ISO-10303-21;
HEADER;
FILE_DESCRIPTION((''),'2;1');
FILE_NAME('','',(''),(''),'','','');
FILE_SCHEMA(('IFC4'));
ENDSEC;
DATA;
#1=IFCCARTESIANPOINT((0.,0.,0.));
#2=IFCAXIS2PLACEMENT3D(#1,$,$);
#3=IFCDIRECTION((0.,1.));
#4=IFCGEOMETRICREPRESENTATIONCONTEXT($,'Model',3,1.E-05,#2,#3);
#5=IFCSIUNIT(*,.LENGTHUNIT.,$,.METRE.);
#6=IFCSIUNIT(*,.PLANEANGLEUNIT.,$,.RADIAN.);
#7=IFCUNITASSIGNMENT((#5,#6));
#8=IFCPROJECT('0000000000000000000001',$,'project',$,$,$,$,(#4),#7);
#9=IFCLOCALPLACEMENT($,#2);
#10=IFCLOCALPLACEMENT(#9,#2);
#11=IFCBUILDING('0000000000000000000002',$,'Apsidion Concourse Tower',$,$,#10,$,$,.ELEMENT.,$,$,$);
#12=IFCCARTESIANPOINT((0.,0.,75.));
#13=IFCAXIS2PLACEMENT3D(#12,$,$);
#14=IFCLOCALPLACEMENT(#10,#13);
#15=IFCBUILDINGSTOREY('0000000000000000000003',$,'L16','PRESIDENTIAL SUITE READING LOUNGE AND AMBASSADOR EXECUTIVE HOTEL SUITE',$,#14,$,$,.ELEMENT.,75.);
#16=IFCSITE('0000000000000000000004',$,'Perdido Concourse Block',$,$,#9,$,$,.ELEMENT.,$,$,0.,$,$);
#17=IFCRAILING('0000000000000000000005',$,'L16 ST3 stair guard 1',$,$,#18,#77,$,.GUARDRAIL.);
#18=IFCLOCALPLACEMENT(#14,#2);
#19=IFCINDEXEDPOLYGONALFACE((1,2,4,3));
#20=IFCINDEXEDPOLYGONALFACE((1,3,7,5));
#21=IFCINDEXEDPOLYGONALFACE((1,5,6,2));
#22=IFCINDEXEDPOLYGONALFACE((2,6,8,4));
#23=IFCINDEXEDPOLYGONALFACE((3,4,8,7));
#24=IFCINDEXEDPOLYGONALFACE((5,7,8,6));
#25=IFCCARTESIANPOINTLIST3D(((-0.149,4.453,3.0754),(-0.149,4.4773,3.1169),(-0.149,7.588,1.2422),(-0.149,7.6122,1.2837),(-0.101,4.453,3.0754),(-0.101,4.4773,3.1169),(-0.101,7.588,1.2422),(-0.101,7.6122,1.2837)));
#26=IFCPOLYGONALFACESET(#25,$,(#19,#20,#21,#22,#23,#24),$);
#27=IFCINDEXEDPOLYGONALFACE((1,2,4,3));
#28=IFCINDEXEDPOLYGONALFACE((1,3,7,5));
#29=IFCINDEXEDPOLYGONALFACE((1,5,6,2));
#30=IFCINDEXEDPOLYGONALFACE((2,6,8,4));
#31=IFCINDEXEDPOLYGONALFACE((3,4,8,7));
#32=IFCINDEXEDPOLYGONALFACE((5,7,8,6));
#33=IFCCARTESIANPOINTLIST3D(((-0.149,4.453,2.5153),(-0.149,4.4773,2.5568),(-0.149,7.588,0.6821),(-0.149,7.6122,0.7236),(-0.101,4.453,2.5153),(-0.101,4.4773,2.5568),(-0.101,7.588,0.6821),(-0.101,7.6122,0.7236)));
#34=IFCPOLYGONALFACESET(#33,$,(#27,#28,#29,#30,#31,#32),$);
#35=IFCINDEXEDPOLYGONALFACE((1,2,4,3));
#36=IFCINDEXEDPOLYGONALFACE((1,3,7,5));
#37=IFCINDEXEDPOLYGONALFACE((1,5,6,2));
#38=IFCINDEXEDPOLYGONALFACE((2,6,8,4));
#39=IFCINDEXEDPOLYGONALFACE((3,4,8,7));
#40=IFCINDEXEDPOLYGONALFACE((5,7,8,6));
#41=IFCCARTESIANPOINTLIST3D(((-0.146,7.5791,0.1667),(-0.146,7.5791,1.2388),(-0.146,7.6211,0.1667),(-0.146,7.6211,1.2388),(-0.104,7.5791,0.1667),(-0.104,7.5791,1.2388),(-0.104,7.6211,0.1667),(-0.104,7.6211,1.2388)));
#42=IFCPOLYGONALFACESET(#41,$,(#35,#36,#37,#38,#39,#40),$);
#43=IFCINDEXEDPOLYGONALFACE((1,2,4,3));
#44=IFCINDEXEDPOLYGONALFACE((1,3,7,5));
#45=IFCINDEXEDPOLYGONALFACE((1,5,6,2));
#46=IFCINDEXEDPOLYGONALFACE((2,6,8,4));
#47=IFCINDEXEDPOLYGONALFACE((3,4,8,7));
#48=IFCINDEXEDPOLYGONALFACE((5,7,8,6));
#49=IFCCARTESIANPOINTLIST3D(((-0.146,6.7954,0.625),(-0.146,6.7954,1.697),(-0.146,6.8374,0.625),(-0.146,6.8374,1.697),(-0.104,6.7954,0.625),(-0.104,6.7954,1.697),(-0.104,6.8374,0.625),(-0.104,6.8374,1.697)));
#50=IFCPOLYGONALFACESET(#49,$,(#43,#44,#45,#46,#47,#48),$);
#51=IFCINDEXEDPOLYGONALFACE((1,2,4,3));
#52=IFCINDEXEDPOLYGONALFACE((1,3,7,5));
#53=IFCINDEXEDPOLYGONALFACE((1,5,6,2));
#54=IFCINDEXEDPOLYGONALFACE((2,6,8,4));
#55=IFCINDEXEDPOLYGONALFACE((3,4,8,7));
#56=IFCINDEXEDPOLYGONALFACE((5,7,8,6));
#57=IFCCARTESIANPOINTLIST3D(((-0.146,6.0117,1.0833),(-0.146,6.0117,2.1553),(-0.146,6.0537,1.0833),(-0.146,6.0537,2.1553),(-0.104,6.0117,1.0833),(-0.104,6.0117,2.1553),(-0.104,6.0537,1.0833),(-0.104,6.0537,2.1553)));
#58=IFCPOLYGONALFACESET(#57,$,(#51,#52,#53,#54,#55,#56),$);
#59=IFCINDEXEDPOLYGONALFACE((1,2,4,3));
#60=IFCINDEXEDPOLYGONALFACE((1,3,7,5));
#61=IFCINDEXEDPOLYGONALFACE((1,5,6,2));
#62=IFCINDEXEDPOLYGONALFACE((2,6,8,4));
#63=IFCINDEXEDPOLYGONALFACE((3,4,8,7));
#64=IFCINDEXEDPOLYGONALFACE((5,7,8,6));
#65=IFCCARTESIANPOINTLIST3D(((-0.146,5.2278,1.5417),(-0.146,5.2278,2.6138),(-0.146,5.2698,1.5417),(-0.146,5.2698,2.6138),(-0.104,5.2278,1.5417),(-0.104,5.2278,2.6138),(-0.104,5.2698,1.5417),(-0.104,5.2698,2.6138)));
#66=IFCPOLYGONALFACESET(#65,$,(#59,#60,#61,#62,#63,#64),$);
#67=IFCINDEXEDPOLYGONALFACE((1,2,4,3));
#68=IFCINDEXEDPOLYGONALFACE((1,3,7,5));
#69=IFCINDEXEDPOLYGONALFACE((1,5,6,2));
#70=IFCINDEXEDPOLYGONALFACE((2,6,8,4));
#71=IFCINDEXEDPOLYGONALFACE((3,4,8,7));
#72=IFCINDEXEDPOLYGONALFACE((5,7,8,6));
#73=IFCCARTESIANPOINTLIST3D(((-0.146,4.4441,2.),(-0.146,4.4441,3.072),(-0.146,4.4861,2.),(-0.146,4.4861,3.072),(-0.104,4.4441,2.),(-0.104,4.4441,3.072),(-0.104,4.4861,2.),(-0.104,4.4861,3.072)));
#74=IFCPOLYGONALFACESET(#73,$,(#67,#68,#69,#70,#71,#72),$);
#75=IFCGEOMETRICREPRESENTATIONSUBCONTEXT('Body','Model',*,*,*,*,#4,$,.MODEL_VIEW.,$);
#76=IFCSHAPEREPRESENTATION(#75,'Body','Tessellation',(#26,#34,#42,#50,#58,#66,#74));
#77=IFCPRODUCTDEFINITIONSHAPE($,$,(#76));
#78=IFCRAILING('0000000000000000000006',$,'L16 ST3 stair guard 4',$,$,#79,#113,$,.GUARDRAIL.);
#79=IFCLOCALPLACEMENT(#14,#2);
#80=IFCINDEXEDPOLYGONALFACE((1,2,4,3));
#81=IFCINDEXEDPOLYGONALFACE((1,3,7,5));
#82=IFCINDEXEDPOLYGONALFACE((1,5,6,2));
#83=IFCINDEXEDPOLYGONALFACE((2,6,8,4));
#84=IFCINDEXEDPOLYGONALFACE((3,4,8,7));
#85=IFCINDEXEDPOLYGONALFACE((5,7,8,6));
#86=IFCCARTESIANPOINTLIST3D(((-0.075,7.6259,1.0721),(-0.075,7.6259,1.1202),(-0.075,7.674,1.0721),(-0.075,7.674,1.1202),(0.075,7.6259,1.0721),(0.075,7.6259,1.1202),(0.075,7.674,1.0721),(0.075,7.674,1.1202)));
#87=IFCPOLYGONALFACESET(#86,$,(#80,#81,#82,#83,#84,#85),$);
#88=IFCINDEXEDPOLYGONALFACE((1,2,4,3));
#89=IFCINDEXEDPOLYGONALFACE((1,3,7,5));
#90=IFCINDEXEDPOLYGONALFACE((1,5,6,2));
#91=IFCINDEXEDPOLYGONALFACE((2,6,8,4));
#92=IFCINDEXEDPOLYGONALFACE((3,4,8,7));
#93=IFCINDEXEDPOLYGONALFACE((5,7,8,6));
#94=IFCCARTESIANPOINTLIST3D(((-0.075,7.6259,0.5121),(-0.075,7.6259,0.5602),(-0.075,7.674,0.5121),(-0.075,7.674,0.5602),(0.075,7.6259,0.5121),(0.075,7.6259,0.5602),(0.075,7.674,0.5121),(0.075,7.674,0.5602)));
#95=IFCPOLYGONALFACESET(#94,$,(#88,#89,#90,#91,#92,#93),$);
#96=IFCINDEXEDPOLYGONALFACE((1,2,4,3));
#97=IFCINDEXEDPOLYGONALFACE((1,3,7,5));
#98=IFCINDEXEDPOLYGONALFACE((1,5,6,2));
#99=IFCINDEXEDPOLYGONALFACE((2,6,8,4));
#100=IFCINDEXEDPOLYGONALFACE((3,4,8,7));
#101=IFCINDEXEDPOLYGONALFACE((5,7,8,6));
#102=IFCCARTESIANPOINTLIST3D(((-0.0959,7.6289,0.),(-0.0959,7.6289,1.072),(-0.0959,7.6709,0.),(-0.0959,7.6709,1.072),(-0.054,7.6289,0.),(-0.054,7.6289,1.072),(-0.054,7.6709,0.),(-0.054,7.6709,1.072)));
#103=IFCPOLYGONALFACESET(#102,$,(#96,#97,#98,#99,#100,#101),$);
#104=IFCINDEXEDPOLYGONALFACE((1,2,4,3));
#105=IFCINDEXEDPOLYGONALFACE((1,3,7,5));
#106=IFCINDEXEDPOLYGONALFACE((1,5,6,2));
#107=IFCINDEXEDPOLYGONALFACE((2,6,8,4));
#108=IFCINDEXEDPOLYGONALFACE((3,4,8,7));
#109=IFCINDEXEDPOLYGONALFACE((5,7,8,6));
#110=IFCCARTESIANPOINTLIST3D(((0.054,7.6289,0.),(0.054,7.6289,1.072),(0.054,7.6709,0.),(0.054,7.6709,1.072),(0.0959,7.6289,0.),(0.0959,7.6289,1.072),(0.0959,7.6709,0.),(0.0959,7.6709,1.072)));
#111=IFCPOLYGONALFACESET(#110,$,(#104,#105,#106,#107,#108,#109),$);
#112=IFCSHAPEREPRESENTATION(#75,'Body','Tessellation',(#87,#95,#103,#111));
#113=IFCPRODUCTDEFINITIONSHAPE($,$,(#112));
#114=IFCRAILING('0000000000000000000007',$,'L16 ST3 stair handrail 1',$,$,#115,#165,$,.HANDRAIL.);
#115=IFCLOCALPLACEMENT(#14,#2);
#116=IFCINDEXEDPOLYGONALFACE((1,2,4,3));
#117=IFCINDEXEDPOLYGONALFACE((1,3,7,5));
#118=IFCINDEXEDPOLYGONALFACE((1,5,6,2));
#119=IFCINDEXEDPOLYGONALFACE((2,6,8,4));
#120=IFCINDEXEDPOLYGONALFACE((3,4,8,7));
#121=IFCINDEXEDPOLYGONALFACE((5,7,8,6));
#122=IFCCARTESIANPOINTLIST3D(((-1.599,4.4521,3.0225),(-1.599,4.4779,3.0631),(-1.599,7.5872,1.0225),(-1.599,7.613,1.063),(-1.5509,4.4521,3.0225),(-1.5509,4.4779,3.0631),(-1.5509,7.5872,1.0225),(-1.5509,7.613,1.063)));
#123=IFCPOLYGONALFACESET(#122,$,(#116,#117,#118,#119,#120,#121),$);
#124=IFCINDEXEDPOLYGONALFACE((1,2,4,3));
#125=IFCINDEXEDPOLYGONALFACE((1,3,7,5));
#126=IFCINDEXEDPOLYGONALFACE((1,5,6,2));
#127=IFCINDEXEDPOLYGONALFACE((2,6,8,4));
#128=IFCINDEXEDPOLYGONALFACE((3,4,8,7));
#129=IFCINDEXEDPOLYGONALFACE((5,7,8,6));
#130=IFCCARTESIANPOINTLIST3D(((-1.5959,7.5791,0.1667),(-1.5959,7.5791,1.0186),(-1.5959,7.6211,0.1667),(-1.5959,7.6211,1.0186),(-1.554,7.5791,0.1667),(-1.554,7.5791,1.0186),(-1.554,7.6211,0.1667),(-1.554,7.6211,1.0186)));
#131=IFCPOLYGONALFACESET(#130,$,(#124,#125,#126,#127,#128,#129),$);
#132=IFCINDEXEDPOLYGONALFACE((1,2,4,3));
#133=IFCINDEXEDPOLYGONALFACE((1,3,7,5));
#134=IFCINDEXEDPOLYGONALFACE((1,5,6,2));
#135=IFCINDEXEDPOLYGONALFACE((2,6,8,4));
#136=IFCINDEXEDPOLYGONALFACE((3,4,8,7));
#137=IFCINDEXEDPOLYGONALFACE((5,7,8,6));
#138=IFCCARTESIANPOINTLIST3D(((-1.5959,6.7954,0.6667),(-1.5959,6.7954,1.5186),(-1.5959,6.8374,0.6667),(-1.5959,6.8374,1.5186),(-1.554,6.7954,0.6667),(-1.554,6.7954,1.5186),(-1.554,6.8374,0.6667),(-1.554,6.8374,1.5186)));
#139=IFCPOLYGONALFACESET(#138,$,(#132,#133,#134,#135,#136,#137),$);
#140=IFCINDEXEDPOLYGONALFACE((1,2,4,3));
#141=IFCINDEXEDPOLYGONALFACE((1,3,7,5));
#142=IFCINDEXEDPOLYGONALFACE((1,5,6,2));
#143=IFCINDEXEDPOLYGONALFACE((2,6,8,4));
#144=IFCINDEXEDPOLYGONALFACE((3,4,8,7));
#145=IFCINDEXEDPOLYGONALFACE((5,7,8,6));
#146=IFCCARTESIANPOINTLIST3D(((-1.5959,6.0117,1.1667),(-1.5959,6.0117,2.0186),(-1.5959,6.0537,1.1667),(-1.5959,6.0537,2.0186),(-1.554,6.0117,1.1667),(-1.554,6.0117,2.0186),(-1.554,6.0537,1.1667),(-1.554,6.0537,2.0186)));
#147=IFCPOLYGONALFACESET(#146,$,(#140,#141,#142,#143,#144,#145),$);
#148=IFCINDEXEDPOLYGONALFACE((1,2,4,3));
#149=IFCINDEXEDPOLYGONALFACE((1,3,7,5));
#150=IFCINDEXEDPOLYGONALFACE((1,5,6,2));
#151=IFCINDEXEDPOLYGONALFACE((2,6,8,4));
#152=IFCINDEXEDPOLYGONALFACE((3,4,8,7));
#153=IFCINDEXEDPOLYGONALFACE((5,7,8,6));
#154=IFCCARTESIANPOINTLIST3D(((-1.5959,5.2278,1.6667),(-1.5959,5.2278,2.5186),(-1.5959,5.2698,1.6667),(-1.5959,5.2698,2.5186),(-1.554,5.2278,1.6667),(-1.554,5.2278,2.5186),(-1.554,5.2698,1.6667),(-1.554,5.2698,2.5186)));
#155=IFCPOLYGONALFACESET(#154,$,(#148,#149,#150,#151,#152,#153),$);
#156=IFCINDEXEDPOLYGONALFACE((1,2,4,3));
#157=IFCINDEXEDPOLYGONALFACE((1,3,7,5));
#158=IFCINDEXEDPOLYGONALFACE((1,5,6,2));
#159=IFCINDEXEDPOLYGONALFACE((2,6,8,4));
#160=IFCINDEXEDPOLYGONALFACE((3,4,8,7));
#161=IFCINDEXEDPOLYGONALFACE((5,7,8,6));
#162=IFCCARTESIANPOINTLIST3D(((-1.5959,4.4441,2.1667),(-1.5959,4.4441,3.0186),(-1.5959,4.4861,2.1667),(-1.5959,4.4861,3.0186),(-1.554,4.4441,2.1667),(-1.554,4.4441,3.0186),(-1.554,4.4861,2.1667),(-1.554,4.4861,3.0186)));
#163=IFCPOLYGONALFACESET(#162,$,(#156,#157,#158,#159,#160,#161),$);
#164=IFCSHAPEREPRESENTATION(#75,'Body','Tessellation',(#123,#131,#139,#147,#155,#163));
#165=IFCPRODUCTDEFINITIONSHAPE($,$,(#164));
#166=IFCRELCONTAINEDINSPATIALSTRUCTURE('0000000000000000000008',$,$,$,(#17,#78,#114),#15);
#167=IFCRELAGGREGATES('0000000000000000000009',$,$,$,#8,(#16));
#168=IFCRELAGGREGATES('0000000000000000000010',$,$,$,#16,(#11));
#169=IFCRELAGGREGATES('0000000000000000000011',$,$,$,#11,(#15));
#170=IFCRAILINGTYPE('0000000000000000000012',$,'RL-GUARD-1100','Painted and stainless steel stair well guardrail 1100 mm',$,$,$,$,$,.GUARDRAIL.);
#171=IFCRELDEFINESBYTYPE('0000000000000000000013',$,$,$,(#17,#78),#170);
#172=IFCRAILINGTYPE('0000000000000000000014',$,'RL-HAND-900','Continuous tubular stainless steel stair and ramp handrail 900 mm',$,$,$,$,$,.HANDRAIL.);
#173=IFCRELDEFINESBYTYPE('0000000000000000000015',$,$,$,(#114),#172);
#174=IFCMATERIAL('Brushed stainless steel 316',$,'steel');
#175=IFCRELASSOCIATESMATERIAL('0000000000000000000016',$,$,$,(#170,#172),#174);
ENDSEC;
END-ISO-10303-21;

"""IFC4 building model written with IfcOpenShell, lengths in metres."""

from ifc_helpers import new_model, si_unit, direction, frame, origin, origin_2d, place, context, subcontext, project, spatial, rectangle, extrude, material, type_object, element, save


model = new_model("IFC4")

# Units and contexts
model_context = context("Model", 3, precision=1e-05, world=origin(), true_north=direction((0.0, 1.0)))
body_context = subcontext(model_context, "Body", "Model", "MODEL_VIEW")
ifc_project = project(units=[si_unit("LENGTHUNIT", "METRE"), si_unit("PLANEANGLEUNIT", "RADIAN")], contexts=[model_context])

# Site, building, storey
site_placement = place(None, origin())
site = spatial("IfcSite", under=ifc_project, at=site_placement, Name="Perdido Concourse Block", CompositionType="ELEMENT", RefElevation=0.0)
building_placement = place(site_placement, origin())
building = spatial("IfcBuilding", under=site, at=building_placement, Name="Apsidion Concourse Tower", CompositionType="ELEMENT")
storey_placement = place(building_placement, frame((0.0, 0.0, 75.0)))
storey = spatial("IfcBuildingStorey", under=building, at=storey_placement, Name="L16", Description="PRESIDENTIAL SUITE READING LOUNGE AND AMBASSADOR EXECUTIVE HOTEL SUITE", CompositionType="ELEMENT", Elevation=75.0)

# Shared definitions
ifc_material_1 = material(Name="Brushed stainless steel 316", Category="steel")

# Railings
railing_type_1 = type_object("IfcRailingType", Name="RL-GUARD-1100", Description="Painted and stainless steel stair well guardrail 1100 mm", PredefinedType="GUARDRAIL", material=ifc_material_1)
railing_1_placement = place(storey_placement, frame((-0.125, 7.6001, 0.1667)))
element("IfcRailing", 1, at=railing_1_placement, inside=storey, type_object=railing_type_1, Name="L16 ST3 stair guard 1", PredefinedType="GUARDRAIL", context=body_context, shape_type="SweptSolid", body=[
    extrude(rectangle(XDim=0.0481, YDim=0.0481, at=origin_2d()), frame((0.0, 0.0, 1.0962), z_axis=(0.0, -0.86324, 0.504794), x_axis=(1.0, 0.0, 0.0)), (0.0, 0.0, 1.0), 3.6316),
    extrude(rectangle(XDim=0.0481, YDim=0.0481, at=origin_2d()), frame((0.0, 0.0, 0.5361), z_axis=(0.0, -0.86324, 0.504794), x_axis=(1.0, 0.0, 0.0)), (0.0, 0.0, 1.0), 3.6316),
    extrude(rectangle(XDim=0.042, YDim=0.042, at=origin_2d()), origin(), (0.0, 0.0, 1.0), 1.072),
    extrude(rectangle(XDim=0.042, YDim=0.042, at=origin_2d()), frame((0.0, -0.7837, 0.4583)), (0.0, 0.0, 1.0), 1.072),
    extrude(rectangle(XDim=0.042, YDim=0.042, at=origin_2d()), frame((0.0, -1.5674, 0.9165)), (0.0, 0.0, 1.0), 1.072),
    extrude(rectangle(XDim=0.042, YDim=0.042, at=origin_2d()), frame((0.0, -2.3513, 1.375)), (0.0, 0.0, 1.0), 1.072),
    extrude(rectangle(XDim=0.042, YDim=0.042, at=origin_2d()), frame((0.0, -3.135, 1.8333)), (0.0, 0.0, 1.0), 1.072),
])
railing_2_placement = place(storey_placement, frame((-0.075, 7.6499, 0.0)))
element("IfcRailing", 2, at=railing_2_placement, inside=storey, type_object=railing_type_1, Name="L16 ST3 stair guard 4", PredefinedType="GUARDRAIL", context=body_context, shape_type="SweptSolid", body=[
    extrude(rectangle(XDim=0.0481, YDim=0.0481, at=origin_2d()), frame((0.0, 0.0, 1.0962), z_axis=(1.0, 0.0, 0.0), x_axis=(0.0, 1.0, 0.0)), (0.0, 0.0, 1.0), 0.1499),
    extrude(rectangle(XDim=0.0481, YDim=0.0481, at=origin_2d()), frame((0.0, 0.0, 0.5361), z_axis=(1.0, 0.0, 0.0), x_axis=(0.0, 1.0, 0.0)), (0.0, 0.0, 1.0), 0.1499),
    extrude(rectangle(XDim=0.042, YDim=0.042, at=origin_2d()), origin(), (0.0, 0.0, 1.0), 1.072),
    extrude(rectangle(XDim=0.042, YDim=0.042, at=origin_2d()), frame((0.1499, 0.0, 0.0)), (0.0, 0.0, 1.0), 1.072),
])
railing_type_2 = type_object("IfcRailingType", Name="RL-HAND-900", Description="Continuous tubular stainless steel stair and ramp handrail 900 mm", PredefinedType="HANDRAIL", material=ifc_material_1)
railing_3_placement = place(storey_placement, frame((-1.575, 7.6001, 0.1667)))
element("IfcRailing", 3, at=railing_3_placement, inside=storey, type_object=railing_type_2, Name="L16 ST3 stair handrail 1", PredefinedType="HANDRAIL", context=body_context, shape_type="SweptSolid", body=[
    extrude(rectangle(XDim=0.0481, YDim=0.0481, at=origin_2d()), frame((0.0, 0.0, 0.876), z_axis=(0.0, -0.843053, 0.537831), x_axis=(1.0, 0.0, 0.0)), (0.0, 0.0, 1.0), 3.7188),
    extrude(rectangle(XDim=0.042, YDim=0.042, at=origin_2d()), origin(), (0.0, 0.0, 1.0), 0.8518),
    extrude(rectangle(XDim=0.042, YDim=0.042, at=origin_2d()), frame((0.0, -0.7837, 0.5)), (0.0, 0.0, 1.0), 0.8518),
    extrude(rectangle(XDim=0.042, YDim=0.042, at=origin_2d()), frame((0.0, -1.5674, 1.0)), (0.0, 0.0, 1.0), 0.8518),
    extrude(rectangle(XDim=0.042, YDim=0.042, at=origin_2d()), frame((0.0, -2.3513, 1.5)), (0.0, 0.0, 1.0), 0.8518),
    extrude(rectangle(XDim=0.042, YDim=0.042, at=origin_2d()), frame((0.0, -3.135, 2.0)), (0.0, 0.0, 1.0), 0.8518),
])

save(model, "model.ifc")
